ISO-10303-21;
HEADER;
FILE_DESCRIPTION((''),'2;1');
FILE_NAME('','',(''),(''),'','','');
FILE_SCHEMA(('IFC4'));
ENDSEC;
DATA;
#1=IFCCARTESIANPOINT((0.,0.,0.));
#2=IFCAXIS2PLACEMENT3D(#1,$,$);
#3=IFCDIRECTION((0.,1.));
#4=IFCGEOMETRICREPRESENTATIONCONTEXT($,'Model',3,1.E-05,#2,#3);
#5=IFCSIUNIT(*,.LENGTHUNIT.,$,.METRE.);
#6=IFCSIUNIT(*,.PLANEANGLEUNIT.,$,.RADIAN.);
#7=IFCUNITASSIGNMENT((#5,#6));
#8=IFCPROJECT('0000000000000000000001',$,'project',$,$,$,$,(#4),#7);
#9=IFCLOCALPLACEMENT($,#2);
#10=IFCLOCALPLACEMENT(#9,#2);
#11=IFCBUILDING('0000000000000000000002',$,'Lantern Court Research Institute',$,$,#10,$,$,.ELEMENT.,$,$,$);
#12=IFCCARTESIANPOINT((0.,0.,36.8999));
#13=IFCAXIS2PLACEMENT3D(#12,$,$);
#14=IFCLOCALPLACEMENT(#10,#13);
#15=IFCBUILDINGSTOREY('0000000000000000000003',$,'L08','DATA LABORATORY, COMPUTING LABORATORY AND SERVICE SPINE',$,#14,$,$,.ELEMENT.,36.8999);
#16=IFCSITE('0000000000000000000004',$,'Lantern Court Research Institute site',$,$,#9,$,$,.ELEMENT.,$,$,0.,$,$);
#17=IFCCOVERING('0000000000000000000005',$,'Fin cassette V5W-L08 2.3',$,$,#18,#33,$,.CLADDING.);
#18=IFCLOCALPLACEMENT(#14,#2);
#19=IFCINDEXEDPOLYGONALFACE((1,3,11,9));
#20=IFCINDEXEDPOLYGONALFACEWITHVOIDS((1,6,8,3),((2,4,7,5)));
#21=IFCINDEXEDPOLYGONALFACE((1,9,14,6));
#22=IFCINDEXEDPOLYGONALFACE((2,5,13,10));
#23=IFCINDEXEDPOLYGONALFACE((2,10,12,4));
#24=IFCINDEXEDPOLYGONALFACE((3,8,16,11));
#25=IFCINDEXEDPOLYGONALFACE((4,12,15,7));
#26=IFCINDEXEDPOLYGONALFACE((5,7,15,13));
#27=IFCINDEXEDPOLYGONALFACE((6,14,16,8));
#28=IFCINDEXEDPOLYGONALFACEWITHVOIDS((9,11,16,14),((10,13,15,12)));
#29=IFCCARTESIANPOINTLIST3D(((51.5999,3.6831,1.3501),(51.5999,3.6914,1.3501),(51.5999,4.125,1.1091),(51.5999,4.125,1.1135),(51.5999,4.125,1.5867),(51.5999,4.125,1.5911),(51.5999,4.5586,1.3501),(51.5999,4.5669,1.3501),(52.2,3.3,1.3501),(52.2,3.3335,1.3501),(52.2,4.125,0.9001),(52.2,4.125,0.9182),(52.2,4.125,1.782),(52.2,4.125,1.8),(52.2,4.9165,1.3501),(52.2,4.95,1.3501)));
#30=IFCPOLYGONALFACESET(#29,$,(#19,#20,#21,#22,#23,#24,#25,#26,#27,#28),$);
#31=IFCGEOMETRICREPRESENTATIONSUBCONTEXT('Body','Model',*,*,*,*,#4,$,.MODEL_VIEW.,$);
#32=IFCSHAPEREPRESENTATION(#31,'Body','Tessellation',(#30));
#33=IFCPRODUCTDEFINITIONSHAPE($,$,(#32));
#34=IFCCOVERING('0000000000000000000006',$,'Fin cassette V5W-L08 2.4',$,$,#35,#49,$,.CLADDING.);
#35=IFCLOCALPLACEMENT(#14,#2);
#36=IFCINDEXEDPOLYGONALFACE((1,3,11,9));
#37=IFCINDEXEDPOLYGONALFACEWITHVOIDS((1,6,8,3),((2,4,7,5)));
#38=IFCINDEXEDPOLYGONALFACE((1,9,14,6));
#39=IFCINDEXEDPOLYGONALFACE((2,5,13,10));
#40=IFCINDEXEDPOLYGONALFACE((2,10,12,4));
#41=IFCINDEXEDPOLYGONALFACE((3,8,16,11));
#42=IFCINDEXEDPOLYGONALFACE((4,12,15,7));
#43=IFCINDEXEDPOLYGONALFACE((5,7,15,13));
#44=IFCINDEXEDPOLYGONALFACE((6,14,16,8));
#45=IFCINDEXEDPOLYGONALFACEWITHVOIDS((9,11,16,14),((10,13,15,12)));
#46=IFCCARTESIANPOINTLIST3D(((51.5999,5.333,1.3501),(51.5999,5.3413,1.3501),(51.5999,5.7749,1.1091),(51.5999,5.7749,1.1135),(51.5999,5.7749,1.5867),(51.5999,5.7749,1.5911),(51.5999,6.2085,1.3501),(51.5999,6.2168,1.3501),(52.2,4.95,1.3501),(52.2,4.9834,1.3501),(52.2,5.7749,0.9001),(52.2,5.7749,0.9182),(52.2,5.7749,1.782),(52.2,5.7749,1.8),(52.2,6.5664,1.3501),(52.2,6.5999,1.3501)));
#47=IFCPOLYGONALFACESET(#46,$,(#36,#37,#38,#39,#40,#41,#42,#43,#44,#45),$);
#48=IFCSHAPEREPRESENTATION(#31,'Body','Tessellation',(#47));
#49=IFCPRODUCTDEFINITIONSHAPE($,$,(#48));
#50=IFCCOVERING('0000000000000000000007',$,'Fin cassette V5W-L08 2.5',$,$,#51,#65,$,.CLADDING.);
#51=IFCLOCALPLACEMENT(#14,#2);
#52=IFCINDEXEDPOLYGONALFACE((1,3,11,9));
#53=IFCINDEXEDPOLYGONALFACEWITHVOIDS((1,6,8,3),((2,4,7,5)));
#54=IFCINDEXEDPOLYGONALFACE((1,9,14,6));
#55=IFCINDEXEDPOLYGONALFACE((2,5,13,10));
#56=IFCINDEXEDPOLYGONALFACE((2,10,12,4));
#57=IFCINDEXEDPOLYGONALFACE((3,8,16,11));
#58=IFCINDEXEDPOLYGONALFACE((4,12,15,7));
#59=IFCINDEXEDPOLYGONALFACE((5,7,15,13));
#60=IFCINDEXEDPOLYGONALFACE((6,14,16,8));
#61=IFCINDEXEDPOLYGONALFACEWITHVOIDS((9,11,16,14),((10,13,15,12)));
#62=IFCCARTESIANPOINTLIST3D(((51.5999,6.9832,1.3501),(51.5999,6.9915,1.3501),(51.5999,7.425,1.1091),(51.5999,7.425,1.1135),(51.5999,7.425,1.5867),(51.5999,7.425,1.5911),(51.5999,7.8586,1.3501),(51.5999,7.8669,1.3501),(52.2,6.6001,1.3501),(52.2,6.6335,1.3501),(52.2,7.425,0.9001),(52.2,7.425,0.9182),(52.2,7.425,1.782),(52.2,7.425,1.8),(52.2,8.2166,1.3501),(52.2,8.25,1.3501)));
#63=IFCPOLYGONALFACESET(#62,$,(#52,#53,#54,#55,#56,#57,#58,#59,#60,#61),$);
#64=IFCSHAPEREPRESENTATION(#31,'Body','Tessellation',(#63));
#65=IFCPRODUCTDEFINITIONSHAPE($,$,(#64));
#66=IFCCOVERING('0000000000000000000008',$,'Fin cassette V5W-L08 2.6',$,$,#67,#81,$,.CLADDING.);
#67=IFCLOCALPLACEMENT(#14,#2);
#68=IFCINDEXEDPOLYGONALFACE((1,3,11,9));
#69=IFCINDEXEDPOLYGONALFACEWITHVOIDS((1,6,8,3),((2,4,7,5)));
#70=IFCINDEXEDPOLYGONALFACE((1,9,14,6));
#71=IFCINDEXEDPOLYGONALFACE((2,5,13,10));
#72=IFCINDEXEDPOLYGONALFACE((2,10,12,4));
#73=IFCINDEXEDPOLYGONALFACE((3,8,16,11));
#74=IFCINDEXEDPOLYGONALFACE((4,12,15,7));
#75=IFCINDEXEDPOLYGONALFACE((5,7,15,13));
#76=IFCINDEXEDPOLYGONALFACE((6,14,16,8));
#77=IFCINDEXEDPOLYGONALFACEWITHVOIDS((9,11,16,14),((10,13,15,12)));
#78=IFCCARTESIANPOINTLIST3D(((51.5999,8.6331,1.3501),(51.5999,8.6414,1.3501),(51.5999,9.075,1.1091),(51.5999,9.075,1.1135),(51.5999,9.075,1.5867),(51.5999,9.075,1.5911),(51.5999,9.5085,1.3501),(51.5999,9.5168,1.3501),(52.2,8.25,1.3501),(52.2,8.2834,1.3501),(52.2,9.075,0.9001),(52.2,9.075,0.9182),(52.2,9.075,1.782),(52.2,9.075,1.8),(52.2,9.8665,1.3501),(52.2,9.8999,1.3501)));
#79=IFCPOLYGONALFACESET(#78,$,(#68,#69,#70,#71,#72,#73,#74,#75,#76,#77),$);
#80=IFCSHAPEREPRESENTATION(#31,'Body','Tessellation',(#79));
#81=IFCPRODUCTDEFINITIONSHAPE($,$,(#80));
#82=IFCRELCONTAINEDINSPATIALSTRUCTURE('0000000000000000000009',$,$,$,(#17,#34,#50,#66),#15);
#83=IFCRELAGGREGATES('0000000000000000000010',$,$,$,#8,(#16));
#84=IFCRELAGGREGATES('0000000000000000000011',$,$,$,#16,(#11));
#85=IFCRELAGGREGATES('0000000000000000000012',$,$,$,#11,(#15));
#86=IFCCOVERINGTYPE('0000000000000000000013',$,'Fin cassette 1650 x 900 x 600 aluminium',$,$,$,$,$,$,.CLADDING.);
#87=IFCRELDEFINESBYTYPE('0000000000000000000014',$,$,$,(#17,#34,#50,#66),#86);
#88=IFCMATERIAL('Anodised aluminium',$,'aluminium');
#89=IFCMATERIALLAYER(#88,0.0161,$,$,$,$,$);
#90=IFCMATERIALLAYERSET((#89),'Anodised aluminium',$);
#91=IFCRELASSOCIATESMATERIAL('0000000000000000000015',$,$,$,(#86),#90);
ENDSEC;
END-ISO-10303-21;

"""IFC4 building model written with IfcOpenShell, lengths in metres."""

from ifc_helpers import new_model, entity, si_unit, direction, frame, origin, place, context, subcontext, project, spatial, material, layer, layer_set, type_object, element, save


model = new_model("IFC4")

# Units and contexts
model_context = context("Model", 3, precision=1e-05, world=origin(), true_north=direction((0.0, 1.0)))
body_context = subcontext(model_context, "Body", "Model", "MODEL_VIEW")
ifc_project = project(units=[si_unit("LENGTHUNIT", "METRE"), si_unit("PLANEANGLEUNIT", "RADIAN")], contexts=[model_context])

# Site, building, storey
site_placement = place(None, origin())
site = spatial("IfcSite", under=ifc_project, at=site_placement, Name="Lantern Court Research Institute site", CompositionType="ELEMENT", RefElevation=0.0)
building_placement = place(site_placement, origin())
building = spatial("IfcBuilding", under=site, at=building_placement, Name="Lantern Court Research Institute", CompositionType="ELEMENT")
storey_placement = place(building_placement, frame((0.0, 0.0, 36.8999)))
storey = spatial("IfcBuildingStorey", under=building, at=storey_placement, Name="L08", Description="DATA LABORATORY, COMPUTING LABORATORY AND SERVICE SPINE", CompositionType="ELEMENT", Elevation=36.8999)

# Coverings
ifc_material_1 = material(Name="Anodised aluminium", Category="aluminium")
ifc_layer_1 = layer(ifc_material_1, 0.0161)
ifc_layer_set_1 = layer_set([ifc_layer_1], Name="Anodised aluminium")
covering_type = type_object("IfcCoveringType", Name="Fin cassette 1650 x 900 x 600 aluminium", PredefinedType="CLADDING", material=ifc_layer_set_1)
covering_1_placement = place(storey_placement, frame((52.2, 4.125, 1.3501), z_axis=(-1.0, 0.0, 0.0), x_axis=(0.0, -1.0, 0.0)))
cartesian_point_1 = entity("IfcCartesianPoint", [0.825, 0.0])
cartesian_point_2 = entity("IfcCartesianPoint", [0.7915, 0.0])
cartesian_point_3 = entity("IfcCartesianPoint", [0.4419, 0.0])
cartesian_point_4 = entity("IfcCartesianPoint", [0.4336, 0.0])
element("IfcCovering", 1, at=covering_1_placement, inside=storey, type_object=covering_type, Name="Fin cassette V5W-L08 2.3", PredefinedType="CLADDING", context=body_context, shape_type="SweptSolid", body=[
    entity("IfcExtrudedAreaSolidTapered", entity("IfcArbitraryProfileDefWithVoids", "AREA", None, entity("IfcPolyline", [cartesian_point_1, entity("IfcCartesianPoint", [0.0, 0.45]), entity("IfcCartesianPoint", [-0.825, 0.0]), entity("IfcCartesianPoint", [0.0, -0.45]), cartesian_point_1]), [entity("IfcPolyline", [cartesian_point_2, entity("IfcCartesianPoint", [0.0, 0.4319]), entity("IfcCartesianPoint", [-0.7915, 0.0]), entity("IfcCartesianPoint", [0.0, -0.4319]), cartesian_point_2])]), entity("IfcAxis2Placement3D", entity("IfcCartesianPoint", [0.0, 0.0, 0.0])), entity("IfcDirection", [0.0, 0.0, 1.0]), 0.6001, entity("IfcArbitraryProfileDefWithVoids", "AREA", None, entity("IfcPolyline", [cartesian_point_3, entity("IfcCartesianPoint", [0.0, 0.241]), entity("IfcCartesianPoint", [-0.4419, 0.0]), entity("IfcCartesianPoint", [0.0, -0.241]), cartesian_point_3]), [entity("IfcPolyline", [cartesian_point_4, entity("IfcCartesianPoint", [0.0, 0.2366]), entity("IfcCartesianPoint", [-0.4336, 0.0]), entity("IfcCartesianPoint", [0.0, -0.2366]), cartesian_point_4])])),
])
covering_2_placement = place(storey_placement, frame((52.2, 5.7749, 1.3501), z_axis=(-1.0, 0.0, 0.0), x_axis=(0.0, -1.0, 0.0)))
cartesian_point_5 = entity("IfcCartesianPoint", [0.825, 0.0])
cartesian_point_6 = entity("IfcCartesianPoint", [0.7915, 0.0])
cartesian_point_7 = entity("IfcCartesianPoint", [0.4419, 0.0])
cartesian_point_8 = entity("IfcCartesianPoint", [0.4336, 0.0])
element("IfcCovering", 2, at=covering_2_placement, inside=storey, type_object=covering_type, Name="Fin cassette V5W-L08 2.4", PredefinedType="CLADDING", context=body_context, shape_type="SweptSolid", body=[
    entity("IfcExtrudedAreaSolidTapered", entity("IfcArbitraryProfileDefWithVoids", "AREA", None, entity("IfcPolyline", [cartesian_point_5, entity("IfcCartesianPoint", [0.0, 0.45]), entity("IfcCartesianPoint", [-0.825, 0.0]), entity("IfcCartesianPoint", [0.0, -0.45]), cartesian_point_5]), [entity("IfcPolyline", [cartesian_point_6, entity("IfcCartesianPoint", [0.0, 0.4319]), entity("IfcCartesianPoint", [-0.7915, 0.0]), entity("IfcCartesianPoint", [0.0, -0.4319]), cartesian_point_6])]), entity("IfcAxis2Placement3D", entity("IfcCartesianPoint", [0.0, 0.0, 0.0])), entity("IfcDirection", [0.0, 0.0, 1.0]), 0.6001, entity("IfcArbitraryProfileDefWithVoids", "AREA", None, entity("IfcPolyline", [cartesian_point_7, entity("IfcCartesianPoint", [0.0, 0.241]), entity("IfcCartesianPoint", [-0.4419, 0.0]), entity("IfcCartesianPoint", [0.0, -0.241]), cartesian_point_7]), [entity("IfcPolyline", [cartesian_point_8, entity("IfcCartesianPoint", [0.0, 0.2366]), entity("IfcCartesianPoint", [-0.4336, 0.0]), entity("IfcCartesianPoint", [0.0, -0.2366]), cartesian_point_8])])),
])
covering_3_placement = place(storey_placement, frame((52.2, 7.425, 1.3501), z_axis=(-1.0, 0.0, 0.0), x_axis=(0.0, -1.0, 0.0)))
cartesian_point_9 = entity("IfcCartesianPoint", [0.825, 0.0])
cartesian_point_10 = entity("IfcCartesianPoint", [0.7915, 0.0])
cartesian_point_11 = entity("IfcCartesianPoint", [0.4419, 0.0])
cartesian_point_12 = entity("IfcCartesianPoint", [0.4336, 0.0])
element("IfcCovering", 3, at=covering_3_placement, inside=storey, type_object=covering_type, Name="Fin cassette V5W-L08 2.5", PredefinedType="CLADDING", context=body_context, shape_type="SweptSolid", body=[
    entity("IfcExtrudedAreaSolidTapered", entity("IfcArbitraryProfileDefWithVoids", "AREA", None, entity("IfcPolyline", [cartesian_point_9, entity("IfcCartesianPoint", [0.0, 0.45]), entity("IfcCartesianPoint", [-0.825, 0.0]), entity("IfcCartesianPoint", [0.0, -0.45]), cartesian_point_9]), [entity("IfcPolyline", [cartesian_point_10, entity("IfcCartesianPoint", [0.0, 0.4319]), entity("IfcCartesianPoint", [-0.7915, 0.0]), entity("IfcCartesianPoint", [0.0, -0.4319]), cartesian_point_10])]), entity("IfcAxis2Placement3D", entity("IfcCartesianPoint", [0.0, 0.0, 0.0])), entity("IfcDirection", [0.0, 0.0, 1.0]), 0.6001, entity("IfcArbitraryProfileDefWithVoids", "AREA", None, entity("IfcPolyline", [cartesian_point_11, entity("IfcCartesianPoint", [0.0, 0.241]), entity("IfcCartesianPoint", [-0.4419, 0.0]), entity("IfcCartesianPoint", [0.0, -0.241]), cartesian_point_11]), [entity("IfcPolyline", [cartesian_point_12, entity("IfcCartesianPoint", [0.0, 0.2366]), entity("IfcCartesianPoint", [-0.4336, 0.0]), entity("IfcCartesianPoint", [0.0, -0.2366]), cartesian_point_12])])),
])
covering_4_placement = place(storey_placement, frame((52.2, 9.075, 1.3501), z_axis=(-1.0, 0.0, 0.0), x_axis=(0.0, -1.0, 0.0)))
cartesian_point_13 = entity("IfcCartesianPoint", [0.825, 0.0])
cartesian_point_14 = entity("IfcCartesianPoint", [0.7915, 0.0])
cartesian_point_15 = entity("IfcCartesianPoint", [0.4419, 0.0])
cartesian_point_16 = entity("IfcCartesianPoint", [0.4336, 0.0])
element("IfcCovering", 4, at=covering_4_placement, inside=storey, type_object=covering_type, Name="Fin cassette V5W-L08 2.6", PredefinedType="CLADDING", context=body_context, shape_type="SweptSolid", body=[
    entity("IfcExtrudedAreaSolidTapered", entity("IfcArbitraryProfileDefWithVoids", "AREA", None, entity("IfcPolyline", [cartesian_point_13, entity("IfcCartesianPoint", [0.0, 0.45]), entity("IfcCartesianPoint", [-0.825, 0.0]), entity("IfcCartesianPoint", [0.0, -0.45]), cartesian_point_13]), [entity("IfcPolyline", [cartesian_point_14, entity("IfcCartesianPoint", [0.0, 0.4319]), entity("IfcCartesianPoint", [-0.7915, 0.0]), entity("IfcCartesianPoint", [0.0, -0.4319]), cartesian_point_14])]), entity("IfcAxis2Placement3D", entity("IfcCartesianPoint", [0.0, 0.0, 0.0])), entity("IfcDirection", [0.0, 0.0, 1.0]), 0.6001, entity("IfcArbitraryProfileDefWithVoids", "AREA", None, entity("IfcPolyline", [cartesian_point_15, entity("IfcCartesianPoint", [0.0, 0.241]), entity("IfcCartesianPoint", [-0.4419, 0.0]), entity("IfcCartesianPoint", [0.0, -0.241]), cartesian_point_15]), [entity("IfcPolyline", [cartesian_point_16, entity("IfcCartesianPoint", [0.0, 0.2366]), entity("IfcCartesianPoint", [-0.4336, 0.0]), entity("IfcCartesianPoint", [0.0, -0.2366]), cartesian_point_16])])),
])

save(model, "model.ifc")
